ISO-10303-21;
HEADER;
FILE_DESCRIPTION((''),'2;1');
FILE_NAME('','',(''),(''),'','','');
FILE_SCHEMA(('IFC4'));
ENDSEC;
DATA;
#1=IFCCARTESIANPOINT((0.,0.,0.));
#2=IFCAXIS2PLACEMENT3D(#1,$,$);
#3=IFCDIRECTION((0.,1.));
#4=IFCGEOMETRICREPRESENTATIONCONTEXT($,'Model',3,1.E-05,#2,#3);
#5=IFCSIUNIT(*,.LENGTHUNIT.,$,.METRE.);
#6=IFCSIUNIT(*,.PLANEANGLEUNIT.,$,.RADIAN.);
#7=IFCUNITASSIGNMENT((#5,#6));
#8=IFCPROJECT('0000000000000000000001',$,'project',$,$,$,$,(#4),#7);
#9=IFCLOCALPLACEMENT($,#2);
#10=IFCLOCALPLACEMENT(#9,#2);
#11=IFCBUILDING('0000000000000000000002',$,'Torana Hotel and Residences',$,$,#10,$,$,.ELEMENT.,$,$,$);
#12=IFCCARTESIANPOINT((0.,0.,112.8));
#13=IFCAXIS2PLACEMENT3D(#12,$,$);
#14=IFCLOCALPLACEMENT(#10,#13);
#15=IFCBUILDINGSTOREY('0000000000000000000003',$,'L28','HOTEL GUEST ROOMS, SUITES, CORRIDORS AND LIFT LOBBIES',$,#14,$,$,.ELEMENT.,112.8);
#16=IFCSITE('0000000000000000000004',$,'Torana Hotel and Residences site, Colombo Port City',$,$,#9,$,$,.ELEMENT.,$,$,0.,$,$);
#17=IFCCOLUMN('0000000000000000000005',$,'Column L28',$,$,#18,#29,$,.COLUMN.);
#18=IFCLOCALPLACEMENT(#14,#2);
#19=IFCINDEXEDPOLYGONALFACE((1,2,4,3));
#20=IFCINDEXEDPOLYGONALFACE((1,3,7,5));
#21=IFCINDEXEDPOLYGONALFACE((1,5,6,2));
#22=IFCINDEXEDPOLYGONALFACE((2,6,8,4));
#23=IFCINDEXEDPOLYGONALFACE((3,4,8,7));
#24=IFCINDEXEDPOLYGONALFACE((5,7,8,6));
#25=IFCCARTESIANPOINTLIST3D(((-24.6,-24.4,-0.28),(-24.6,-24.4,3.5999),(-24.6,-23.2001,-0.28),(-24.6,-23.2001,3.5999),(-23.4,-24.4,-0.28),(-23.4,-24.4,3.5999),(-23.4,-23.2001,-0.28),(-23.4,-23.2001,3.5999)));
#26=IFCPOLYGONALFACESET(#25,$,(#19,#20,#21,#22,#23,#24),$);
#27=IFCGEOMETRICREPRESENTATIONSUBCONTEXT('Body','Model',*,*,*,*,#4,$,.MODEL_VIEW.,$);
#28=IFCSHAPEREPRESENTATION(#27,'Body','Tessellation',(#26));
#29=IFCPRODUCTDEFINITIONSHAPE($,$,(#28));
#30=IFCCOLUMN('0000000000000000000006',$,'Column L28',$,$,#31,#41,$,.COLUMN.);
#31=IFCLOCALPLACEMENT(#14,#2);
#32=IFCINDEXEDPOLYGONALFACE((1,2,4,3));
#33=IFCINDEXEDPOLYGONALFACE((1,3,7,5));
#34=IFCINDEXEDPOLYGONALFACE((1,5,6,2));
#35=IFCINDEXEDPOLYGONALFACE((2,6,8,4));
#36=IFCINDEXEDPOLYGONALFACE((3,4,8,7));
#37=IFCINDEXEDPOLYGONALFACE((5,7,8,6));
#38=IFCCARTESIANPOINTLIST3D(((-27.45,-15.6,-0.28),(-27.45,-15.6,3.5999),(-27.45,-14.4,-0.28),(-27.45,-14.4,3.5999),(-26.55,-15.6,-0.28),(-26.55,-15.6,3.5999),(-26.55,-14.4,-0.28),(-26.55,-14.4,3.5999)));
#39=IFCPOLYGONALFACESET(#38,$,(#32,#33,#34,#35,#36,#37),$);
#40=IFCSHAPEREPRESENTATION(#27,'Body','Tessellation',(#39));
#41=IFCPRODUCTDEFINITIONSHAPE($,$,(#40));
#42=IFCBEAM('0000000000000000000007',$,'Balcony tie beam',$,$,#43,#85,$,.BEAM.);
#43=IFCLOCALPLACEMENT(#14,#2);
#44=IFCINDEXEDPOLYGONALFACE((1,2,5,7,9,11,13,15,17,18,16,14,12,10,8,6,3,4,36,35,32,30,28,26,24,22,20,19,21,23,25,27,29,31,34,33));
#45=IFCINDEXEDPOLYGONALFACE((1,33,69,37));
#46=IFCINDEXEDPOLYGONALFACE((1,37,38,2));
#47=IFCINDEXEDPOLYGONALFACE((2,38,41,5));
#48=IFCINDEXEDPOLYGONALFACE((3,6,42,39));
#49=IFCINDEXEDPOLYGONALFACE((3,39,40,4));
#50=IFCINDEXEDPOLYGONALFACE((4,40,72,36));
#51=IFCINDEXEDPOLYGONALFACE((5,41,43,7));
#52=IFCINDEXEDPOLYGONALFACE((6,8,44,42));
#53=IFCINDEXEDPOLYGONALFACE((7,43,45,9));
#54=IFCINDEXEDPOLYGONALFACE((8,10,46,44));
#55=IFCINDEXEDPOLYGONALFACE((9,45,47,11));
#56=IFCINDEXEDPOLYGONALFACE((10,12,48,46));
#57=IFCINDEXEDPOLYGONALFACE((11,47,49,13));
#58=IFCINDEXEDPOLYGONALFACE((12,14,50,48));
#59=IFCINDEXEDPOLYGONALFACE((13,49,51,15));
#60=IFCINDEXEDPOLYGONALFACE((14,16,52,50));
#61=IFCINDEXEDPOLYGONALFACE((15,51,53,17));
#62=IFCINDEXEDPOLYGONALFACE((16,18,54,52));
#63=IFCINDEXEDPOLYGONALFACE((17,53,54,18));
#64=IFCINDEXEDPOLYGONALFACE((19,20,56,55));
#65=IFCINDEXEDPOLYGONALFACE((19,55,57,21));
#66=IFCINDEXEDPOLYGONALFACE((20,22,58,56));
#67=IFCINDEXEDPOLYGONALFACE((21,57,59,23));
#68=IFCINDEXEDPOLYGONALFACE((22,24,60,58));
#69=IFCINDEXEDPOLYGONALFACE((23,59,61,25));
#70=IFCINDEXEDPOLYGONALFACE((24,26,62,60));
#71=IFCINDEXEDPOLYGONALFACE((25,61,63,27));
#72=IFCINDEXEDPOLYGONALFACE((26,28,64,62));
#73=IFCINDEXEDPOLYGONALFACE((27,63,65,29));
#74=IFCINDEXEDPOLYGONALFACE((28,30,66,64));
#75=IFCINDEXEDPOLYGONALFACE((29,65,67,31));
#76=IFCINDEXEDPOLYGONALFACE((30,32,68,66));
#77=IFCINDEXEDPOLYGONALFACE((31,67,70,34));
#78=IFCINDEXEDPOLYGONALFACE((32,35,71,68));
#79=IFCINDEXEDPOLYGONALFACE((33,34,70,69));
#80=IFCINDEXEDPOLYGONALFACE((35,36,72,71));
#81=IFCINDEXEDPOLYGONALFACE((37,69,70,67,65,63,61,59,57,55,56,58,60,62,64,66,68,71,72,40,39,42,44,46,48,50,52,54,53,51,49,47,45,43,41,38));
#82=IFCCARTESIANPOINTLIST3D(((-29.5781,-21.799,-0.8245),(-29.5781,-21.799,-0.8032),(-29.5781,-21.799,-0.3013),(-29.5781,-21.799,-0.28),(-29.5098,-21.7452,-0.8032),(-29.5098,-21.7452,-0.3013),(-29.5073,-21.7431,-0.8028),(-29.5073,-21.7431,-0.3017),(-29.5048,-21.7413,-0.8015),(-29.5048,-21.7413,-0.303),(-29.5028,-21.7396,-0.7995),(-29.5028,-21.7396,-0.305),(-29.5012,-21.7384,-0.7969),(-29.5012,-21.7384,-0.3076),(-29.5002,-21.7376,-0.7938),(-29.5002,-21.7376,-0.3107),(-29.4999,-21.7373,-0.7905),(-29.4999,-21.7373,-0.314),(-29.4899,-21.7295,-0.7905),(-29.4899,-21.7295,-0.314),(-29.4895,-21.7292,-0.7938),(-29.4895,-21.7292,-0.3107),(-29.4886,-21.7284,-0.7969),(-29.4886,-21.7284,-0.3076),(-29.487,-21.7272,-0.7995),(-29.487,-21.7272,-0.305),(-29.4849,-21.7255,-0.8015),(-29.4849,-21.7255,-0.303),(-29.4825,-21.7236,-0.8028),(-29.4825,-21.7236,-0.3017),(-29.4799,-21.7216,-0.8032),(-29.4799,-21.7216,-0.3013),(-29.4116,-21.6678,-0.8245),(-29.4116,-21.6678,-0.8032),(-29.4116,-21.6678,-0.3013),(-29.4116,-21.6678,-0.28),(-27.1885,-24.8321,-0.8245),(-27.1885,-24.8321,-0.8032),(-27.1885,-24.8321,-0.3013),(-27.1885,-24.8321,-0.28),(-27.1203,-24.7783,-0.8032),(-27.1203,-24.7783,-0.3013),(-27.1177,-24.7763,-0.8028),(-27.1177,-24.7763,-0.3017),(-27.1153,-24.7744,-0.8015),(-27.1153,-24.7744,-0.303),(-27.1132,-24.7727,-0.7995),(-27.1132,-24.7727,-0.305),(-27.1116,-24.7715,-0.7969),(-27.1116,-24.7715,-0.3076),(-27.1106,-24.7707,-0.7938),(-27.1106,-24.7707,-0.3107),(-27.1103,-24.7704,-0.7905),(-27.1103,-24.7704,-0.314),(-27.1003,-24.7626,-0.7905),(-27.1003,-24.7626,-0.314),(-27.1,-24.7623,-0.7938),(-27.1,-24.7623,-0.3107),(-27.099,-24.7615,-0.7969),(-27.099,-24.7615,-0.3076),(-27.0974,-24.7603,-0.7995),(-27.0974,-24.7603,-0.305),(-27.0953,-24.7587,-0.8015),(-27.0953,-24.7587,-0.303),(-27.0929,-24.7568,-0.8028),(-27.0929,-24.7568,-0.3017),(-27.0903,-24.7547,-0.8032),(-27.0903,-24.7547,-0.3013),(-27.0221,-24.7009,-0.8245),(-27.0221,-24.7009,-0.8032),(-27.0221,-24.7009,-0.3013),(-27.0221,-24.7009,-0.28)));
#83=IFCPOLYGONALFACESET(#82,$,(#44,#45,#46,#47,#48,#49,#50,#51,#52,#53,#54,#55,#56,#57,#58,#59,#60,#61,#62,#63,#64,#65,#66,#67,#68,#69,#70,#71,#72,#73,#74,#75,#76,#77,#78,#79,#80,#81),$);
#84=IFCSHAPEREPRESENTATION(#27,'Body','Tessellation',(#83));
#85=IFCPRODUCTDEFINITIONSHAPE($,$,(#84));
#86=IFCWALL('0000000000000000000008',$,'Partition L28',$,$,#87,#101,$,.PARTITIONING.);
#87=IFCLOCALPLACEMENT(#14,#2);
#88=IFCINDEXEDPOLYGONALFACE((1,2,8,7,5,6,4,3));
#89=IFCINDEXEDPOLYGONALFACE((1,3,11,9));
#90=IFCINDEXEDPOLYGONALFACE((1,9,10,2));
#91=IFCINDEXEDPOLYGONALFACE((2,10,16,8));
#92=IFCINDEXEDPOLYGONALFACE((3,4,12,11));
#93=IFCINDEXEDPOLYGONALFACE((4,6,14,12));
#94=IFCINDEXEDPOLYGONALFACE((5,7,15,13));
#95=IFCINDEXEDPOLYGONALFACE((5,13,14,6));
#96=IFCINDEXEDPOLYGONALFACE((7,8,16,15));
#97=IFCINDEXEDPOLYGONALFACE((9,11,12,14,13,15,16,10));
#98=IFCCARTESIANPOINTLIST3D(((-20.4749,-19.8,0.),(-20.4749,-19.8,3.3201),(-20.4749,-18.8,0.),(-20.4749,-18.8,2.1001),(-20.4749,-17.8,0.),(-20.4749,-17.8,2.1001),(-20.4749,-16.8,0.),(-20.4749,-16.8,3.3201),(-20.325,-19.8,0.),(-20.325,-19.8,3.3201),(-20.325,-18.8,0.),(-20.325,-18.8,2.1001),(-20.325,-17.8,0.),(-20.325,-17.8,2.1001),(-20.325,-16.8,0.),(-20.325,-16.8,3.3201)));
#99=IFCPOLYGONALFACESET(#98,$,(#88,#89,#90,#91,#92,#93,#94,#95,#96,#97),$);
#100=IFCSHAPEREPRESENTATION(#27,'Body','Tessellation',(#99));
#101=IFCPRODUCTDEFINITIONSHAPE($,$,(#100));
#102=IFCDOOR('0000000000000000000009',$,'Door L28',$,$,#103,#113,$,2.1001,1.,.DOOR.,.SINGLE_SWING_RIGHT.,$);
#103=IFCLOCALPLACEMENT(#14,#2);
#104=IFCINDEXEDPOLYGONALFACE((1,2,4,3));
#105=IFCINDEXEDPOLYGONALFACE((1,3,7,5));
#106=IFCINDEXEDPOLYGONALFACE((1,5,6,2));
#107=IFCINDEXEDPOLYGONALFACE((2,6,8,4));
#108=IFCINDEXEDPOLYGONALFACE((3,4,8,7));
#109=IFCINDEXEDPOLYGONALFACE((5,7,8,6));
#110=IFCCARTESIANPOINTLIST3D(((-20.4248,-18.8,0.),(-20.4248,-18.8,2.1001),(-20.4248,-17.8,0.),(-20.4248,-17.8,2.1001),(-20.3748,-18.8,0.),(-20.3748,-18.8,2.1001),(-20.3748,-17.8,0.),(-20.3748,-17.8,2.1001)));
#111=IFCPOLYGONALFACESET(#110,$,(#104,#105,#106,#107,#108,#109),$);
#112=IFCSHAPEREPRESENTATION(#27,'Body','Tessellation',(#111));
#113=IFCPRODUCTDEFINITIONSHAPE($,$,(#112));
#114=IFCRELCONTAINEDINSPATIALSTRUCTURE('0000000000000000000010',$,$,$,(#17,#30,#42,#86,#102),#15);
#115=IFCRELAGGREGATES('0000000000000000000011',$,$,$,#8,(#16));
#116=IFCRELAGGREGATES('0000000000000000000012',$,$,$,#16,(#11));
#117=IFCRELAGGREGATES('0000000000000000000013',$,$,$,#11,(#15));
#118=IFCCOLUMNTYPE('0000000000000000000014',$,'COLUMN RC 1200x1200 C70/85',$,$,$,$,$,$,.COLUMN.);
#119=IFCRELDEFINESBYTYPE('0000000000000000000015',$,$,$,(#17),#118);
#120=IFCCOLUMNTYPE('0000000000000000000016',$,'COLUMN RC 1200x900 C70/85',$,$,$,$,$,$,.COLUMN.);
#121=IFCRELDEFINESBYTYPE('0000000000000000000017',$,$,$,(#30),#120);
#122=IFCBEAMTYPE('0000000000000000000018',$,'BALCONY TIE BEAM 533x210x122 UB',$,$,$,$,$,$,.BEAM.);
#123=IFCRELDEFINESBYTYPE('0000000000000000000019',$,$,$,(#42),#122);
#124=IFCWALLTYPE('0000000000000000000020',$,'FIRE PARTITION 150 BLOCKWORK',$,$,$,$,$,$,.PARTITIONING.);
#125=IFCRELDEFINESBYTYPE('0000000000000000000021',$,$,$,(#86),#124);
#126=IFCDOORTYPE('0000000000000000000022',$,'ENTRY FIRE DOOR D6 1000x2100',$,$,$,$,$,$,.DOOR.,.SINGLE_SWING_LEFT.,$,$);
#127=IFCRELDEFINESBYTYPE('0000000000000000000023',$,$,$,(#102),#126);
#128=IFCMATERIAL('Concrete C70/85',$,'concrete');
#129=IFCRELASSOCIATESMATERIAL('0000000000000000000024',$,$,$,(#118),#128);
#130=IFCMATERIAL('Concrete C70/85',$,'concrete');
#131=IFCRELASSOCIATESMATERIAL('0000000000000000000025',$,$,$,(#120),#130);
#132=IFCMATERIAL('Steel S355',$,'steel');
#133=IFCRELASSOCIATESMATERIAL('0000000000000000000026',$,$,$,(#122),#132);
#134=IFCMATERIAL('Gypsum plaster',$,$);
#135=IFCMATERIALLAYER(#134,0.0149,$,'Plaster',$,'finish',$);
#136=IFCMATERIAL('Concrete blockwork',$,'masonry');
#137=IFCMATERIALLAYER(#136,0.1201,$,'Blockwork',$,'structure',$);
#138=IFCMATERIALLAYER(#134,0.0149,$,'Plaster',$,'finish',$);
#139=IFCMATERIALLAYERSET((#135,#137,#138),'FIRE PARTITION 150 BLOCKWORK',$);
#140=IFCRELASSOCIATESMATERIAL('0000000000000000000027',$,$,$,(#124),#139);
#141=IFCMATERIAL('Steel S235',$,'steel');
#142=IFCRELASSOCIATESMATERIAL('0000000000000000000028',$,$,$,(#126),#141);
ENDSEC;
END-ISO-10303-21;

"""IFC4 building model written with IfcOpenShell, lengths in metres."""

from ifc_helpers import new_model, si_unit, direction, frame, frame_2d, origin, origin_2d, place, context, subcontext, project, spatial, rectangle, i_section, extrude, material, layer, layer_set, material_profile, profile_set, type_object, element, fill, save


model = new_model("IFC4")

# Units and contexts
model_context = context("Model", 3, precision=1e-05, world=origin(), true_north=direction((0.0, 1.0)))
body_context = subcontext(model_context, "Body", "Model", "MODEL_VIEW")
ifc_project = project(units=[si_unit("LENGTHUNIT", "METRE"), si_unit("PLANEANGLEUNIT", "RADIAN")], contexts=[model_context])

# Site, building, storey
site_placement = place(None, origin())
site = spatial("IfcSite", under=ifc_project, at=site_placement, Name="Torana Hotel and Residences site, Colombo Port City", CompositionType="ELEMENT", RefElevation=0.0)
building_placement = place(site_placement, origin())
building = spatial("IfcBuilding", under=site, at=building_placement, Name="Torana Hotel and Residences", CompositionType="ELEMENT")
storey_placement = place(building_placement, frame((0.0, 0.0, 112.8)))
storey = spatial("IfcBuildingStorey", under=building, at=storey_placement, Name="L28", Description="HOTEL GUEST ROOMS, SUITES, CORRIDORS AND LIFT LOBBIES", CompositionType="ELEMENT", Elevation=112.8)

# Columns
ifc_material_1 = material(Name="Concrete C70/85", Category="concrete")
ifc_material_profile_1 = material_profile(ifc_material_1, rectangle(XDim=1.2, YDim=1.2, at=origin_2d()), Name="RC 1200x1200")
ifc_profile_set_1 = profile_set([ifc_material_profile_1], Name="Concrete C70/85")
column_type_1 = type_object("IfcColumnType", Name="COLUMN RC 1200x1200 C70/85", PredefinedType="COLUMN", material=ifc_profile_set_1)
column_1_placement = place(storey_placement, frame((-24.0, -23.8, -0.28), z_axis=(0.0, 0.0, 1.0), x_axis=(1.0, 0.0, 0.0)))
element("IfcColumn", 1, at=column_1_placement, inside=storey, type_object=column_type_1, Name="Column L28", PredefinedType="COLUMN", context=body_context, shape_type="SweptSolid", body=[
    extrude(rectangle(XDim=1.2, YDim=1.2, at=origin_2d()), origin(), (0.0, 0.0, 1.0), 3.8799),
])
ifc_material_2 = material(Name="Concrete C70/85", Category="concrete")
ifc_material_profile_2 = material_profile(ifc_material_2, rectangle(XDim=1.2, YDim=0.8999, at=origin_2d()), Name="RC 1200x900")
ifc_profile_set_2 = profile_set([ifc_material_profile_2], Name="Concrete C70/85")
column_type_2 = type_object("IfcColumnType", Name="COLUMN RC 1200x900 C70/85", PredefinedType="COLUMN", material=ifc_profile_set_2)
column_2_placement = place(storey_placement, frame((-27.0, -15.0, -0.28), z_axis=(0.0, 0.0, 1.0), x_axis=(0.0, 1.0, 0.0)))
element("IfcColumn", 2, at=column_2_placement, inside=storey, type_object=column_type_2, Name="Column L28", PredefinedType="COLUMN", context=body_context, shape_type="SweptSolid", body=[
    extrude(rectangle(XDim=1.2, YDim=0.8999, at=origin_2d()), origin(), (0.0, 0.0, 1.0), 3.8799),
])

# Beam
ifc_material_3 = material(Name="Steel S355", Category="steel")
ifc_material_profile_3 = material_profile(ifc_material_3, i_section(OverallWidth=0.2119, OverallDepth=0.5444, WebThickness=0.0127, FlangeThickness=0.0212, FilletRadius=0.0127, at=origin_2d()), Name="533x210x122 UB")
ifc_profile_set_3 = profile_set([ifc_material_profile_3], Name="Steel S355")
beam_type = type_object("IfcBeamType", Name="BALCONY TIE BEAM 533x210x122 UB", PredefinedType="BEAM", material=ifc_profile_set_3)
beam_placement = place(storey_placement, frame((-29.4949, -21.7334, -0.5522), z_axis=(0.618849, -0.78551, 0.0), x_axis=(0.78551, 0.618849, 0.0)))
element("IfcBeam", 3, at=beam_placement, inside=storey, type_object=beam_type, Name="Balcony tie beam", PredefinedType="BEAM", context=body_context, shape_type="SweptSolid", body=[
    extrude(i_section(OverallWidth=0.2119, OverallDepth=0.5444, WebThickness=0.0127, FlangeThickness=0.0212, FilletRadius=0.0127, at=origin_2d()), origin(), (0.0, 0.0, 1.0), 3.8613),
])

# Wall, opening, door
ifc_material_4 = material(Name="Gypsum plaster")
ifc_layer_1 = layer(ifc_material_4, 0.0149, Name="Plaster", Category="finish")
ifc_material_5 = material(Name="Concrete blockwork", Category="masonry")
ifc_layer_2 = layer(ifc_material_5, 0.1201, Name="Blockwork", Category="structure")
ifc_layer_3 = layer(ifc_material_4, 0.0149, Name="Plaster", Category="finish")
ifc_layer_set_1 = layer_set([ifc_layer_1, ifc_layer_2, ifc_layer_3], Name="FIRE PARTITION 150 BLOCKWORK")
wall_type_1 = type_object("IfcWallType", Name="FIRE PARTITION 150 BLOCKWORK", PredefinedType="PARTITIONING", material=ifc_layer_set_1)
wall_1_placement = place(storey_placement, frame((-20.3999, -19.8, 0.0), z_axis=(0.0, 0.0, 1.0), x_axis=(0.0, 1.0, 0.0)))
wall_1 = element("IfcWall", 4, at=wall_1_placement, inside=storey, type_object=wall_type_1, Name="Partition L28", PredefinedType="PARTITIONING", context=body_context, shape_type="SweptSolid", body=[
    extrude(rectangle(XDim=3.0, YDim=0.1499, at=frame_2d((1.5, 0.0))), origin(), (0.0, 0.0, 1.0), 3.3201),
])
opening_1_placement = place(wall_1_placement, frame((1.0, 0.0, 0.0)))
opening_1 = element("IfcOpeningElement", 5, at=opening_1_placement, cuts=wall_1, PredefinedType="OPENING", context=body_context, shape_type="SweptSolid", body=[
    extrude(rectangle(XDim=1.0, YDim=2.1001, at=frame_2d((0.5, 1.05))), frame((0.0, 0.085, 0.0), z_axis=(0.0, -1.0, 0.0), x_axis=(1.0, 0.0, 0.0)), (0.0, 0.0, 1.0), 0.1699),
])
ifc_material_6 = material(Name="Steel S235", Category="steel")
door_type_1 = type_object("IfcDoorType", Name="ENTRY FIRE DOOR D6 1000x2100", OperationType="SINGLE_SWING_LEFT", PredefinedType="DOOR", material=ifc_material_6)
door_1_placement = place(opening_1_placement, origin())
door_1 = element("IfcDoor", 6, at=door_1_placement, inside=storey, type_object=door_type_1, Name="Door L28", OperationType="SINGLE_SWING_RIGHT", OverallHeight=2.1001, OverallWidth=1.0, PredefinedType="DOOR", context=body_context, shape_type="SweptSolid", body=[
    extrude(rectangle(XDim=1.0, YDim=2.1001, at=frame_2d((0.5, 1.05))), frame((0.0, 0.0249, 0.0), z_axis=(0.0, -1.0, 0.0), x_axis=(1.0, 0.0, 0.0)), (0.0, 0.0, 1.0), 0.05),
])
fill(opening_1, door_1)

save(model, "model.ifc")
